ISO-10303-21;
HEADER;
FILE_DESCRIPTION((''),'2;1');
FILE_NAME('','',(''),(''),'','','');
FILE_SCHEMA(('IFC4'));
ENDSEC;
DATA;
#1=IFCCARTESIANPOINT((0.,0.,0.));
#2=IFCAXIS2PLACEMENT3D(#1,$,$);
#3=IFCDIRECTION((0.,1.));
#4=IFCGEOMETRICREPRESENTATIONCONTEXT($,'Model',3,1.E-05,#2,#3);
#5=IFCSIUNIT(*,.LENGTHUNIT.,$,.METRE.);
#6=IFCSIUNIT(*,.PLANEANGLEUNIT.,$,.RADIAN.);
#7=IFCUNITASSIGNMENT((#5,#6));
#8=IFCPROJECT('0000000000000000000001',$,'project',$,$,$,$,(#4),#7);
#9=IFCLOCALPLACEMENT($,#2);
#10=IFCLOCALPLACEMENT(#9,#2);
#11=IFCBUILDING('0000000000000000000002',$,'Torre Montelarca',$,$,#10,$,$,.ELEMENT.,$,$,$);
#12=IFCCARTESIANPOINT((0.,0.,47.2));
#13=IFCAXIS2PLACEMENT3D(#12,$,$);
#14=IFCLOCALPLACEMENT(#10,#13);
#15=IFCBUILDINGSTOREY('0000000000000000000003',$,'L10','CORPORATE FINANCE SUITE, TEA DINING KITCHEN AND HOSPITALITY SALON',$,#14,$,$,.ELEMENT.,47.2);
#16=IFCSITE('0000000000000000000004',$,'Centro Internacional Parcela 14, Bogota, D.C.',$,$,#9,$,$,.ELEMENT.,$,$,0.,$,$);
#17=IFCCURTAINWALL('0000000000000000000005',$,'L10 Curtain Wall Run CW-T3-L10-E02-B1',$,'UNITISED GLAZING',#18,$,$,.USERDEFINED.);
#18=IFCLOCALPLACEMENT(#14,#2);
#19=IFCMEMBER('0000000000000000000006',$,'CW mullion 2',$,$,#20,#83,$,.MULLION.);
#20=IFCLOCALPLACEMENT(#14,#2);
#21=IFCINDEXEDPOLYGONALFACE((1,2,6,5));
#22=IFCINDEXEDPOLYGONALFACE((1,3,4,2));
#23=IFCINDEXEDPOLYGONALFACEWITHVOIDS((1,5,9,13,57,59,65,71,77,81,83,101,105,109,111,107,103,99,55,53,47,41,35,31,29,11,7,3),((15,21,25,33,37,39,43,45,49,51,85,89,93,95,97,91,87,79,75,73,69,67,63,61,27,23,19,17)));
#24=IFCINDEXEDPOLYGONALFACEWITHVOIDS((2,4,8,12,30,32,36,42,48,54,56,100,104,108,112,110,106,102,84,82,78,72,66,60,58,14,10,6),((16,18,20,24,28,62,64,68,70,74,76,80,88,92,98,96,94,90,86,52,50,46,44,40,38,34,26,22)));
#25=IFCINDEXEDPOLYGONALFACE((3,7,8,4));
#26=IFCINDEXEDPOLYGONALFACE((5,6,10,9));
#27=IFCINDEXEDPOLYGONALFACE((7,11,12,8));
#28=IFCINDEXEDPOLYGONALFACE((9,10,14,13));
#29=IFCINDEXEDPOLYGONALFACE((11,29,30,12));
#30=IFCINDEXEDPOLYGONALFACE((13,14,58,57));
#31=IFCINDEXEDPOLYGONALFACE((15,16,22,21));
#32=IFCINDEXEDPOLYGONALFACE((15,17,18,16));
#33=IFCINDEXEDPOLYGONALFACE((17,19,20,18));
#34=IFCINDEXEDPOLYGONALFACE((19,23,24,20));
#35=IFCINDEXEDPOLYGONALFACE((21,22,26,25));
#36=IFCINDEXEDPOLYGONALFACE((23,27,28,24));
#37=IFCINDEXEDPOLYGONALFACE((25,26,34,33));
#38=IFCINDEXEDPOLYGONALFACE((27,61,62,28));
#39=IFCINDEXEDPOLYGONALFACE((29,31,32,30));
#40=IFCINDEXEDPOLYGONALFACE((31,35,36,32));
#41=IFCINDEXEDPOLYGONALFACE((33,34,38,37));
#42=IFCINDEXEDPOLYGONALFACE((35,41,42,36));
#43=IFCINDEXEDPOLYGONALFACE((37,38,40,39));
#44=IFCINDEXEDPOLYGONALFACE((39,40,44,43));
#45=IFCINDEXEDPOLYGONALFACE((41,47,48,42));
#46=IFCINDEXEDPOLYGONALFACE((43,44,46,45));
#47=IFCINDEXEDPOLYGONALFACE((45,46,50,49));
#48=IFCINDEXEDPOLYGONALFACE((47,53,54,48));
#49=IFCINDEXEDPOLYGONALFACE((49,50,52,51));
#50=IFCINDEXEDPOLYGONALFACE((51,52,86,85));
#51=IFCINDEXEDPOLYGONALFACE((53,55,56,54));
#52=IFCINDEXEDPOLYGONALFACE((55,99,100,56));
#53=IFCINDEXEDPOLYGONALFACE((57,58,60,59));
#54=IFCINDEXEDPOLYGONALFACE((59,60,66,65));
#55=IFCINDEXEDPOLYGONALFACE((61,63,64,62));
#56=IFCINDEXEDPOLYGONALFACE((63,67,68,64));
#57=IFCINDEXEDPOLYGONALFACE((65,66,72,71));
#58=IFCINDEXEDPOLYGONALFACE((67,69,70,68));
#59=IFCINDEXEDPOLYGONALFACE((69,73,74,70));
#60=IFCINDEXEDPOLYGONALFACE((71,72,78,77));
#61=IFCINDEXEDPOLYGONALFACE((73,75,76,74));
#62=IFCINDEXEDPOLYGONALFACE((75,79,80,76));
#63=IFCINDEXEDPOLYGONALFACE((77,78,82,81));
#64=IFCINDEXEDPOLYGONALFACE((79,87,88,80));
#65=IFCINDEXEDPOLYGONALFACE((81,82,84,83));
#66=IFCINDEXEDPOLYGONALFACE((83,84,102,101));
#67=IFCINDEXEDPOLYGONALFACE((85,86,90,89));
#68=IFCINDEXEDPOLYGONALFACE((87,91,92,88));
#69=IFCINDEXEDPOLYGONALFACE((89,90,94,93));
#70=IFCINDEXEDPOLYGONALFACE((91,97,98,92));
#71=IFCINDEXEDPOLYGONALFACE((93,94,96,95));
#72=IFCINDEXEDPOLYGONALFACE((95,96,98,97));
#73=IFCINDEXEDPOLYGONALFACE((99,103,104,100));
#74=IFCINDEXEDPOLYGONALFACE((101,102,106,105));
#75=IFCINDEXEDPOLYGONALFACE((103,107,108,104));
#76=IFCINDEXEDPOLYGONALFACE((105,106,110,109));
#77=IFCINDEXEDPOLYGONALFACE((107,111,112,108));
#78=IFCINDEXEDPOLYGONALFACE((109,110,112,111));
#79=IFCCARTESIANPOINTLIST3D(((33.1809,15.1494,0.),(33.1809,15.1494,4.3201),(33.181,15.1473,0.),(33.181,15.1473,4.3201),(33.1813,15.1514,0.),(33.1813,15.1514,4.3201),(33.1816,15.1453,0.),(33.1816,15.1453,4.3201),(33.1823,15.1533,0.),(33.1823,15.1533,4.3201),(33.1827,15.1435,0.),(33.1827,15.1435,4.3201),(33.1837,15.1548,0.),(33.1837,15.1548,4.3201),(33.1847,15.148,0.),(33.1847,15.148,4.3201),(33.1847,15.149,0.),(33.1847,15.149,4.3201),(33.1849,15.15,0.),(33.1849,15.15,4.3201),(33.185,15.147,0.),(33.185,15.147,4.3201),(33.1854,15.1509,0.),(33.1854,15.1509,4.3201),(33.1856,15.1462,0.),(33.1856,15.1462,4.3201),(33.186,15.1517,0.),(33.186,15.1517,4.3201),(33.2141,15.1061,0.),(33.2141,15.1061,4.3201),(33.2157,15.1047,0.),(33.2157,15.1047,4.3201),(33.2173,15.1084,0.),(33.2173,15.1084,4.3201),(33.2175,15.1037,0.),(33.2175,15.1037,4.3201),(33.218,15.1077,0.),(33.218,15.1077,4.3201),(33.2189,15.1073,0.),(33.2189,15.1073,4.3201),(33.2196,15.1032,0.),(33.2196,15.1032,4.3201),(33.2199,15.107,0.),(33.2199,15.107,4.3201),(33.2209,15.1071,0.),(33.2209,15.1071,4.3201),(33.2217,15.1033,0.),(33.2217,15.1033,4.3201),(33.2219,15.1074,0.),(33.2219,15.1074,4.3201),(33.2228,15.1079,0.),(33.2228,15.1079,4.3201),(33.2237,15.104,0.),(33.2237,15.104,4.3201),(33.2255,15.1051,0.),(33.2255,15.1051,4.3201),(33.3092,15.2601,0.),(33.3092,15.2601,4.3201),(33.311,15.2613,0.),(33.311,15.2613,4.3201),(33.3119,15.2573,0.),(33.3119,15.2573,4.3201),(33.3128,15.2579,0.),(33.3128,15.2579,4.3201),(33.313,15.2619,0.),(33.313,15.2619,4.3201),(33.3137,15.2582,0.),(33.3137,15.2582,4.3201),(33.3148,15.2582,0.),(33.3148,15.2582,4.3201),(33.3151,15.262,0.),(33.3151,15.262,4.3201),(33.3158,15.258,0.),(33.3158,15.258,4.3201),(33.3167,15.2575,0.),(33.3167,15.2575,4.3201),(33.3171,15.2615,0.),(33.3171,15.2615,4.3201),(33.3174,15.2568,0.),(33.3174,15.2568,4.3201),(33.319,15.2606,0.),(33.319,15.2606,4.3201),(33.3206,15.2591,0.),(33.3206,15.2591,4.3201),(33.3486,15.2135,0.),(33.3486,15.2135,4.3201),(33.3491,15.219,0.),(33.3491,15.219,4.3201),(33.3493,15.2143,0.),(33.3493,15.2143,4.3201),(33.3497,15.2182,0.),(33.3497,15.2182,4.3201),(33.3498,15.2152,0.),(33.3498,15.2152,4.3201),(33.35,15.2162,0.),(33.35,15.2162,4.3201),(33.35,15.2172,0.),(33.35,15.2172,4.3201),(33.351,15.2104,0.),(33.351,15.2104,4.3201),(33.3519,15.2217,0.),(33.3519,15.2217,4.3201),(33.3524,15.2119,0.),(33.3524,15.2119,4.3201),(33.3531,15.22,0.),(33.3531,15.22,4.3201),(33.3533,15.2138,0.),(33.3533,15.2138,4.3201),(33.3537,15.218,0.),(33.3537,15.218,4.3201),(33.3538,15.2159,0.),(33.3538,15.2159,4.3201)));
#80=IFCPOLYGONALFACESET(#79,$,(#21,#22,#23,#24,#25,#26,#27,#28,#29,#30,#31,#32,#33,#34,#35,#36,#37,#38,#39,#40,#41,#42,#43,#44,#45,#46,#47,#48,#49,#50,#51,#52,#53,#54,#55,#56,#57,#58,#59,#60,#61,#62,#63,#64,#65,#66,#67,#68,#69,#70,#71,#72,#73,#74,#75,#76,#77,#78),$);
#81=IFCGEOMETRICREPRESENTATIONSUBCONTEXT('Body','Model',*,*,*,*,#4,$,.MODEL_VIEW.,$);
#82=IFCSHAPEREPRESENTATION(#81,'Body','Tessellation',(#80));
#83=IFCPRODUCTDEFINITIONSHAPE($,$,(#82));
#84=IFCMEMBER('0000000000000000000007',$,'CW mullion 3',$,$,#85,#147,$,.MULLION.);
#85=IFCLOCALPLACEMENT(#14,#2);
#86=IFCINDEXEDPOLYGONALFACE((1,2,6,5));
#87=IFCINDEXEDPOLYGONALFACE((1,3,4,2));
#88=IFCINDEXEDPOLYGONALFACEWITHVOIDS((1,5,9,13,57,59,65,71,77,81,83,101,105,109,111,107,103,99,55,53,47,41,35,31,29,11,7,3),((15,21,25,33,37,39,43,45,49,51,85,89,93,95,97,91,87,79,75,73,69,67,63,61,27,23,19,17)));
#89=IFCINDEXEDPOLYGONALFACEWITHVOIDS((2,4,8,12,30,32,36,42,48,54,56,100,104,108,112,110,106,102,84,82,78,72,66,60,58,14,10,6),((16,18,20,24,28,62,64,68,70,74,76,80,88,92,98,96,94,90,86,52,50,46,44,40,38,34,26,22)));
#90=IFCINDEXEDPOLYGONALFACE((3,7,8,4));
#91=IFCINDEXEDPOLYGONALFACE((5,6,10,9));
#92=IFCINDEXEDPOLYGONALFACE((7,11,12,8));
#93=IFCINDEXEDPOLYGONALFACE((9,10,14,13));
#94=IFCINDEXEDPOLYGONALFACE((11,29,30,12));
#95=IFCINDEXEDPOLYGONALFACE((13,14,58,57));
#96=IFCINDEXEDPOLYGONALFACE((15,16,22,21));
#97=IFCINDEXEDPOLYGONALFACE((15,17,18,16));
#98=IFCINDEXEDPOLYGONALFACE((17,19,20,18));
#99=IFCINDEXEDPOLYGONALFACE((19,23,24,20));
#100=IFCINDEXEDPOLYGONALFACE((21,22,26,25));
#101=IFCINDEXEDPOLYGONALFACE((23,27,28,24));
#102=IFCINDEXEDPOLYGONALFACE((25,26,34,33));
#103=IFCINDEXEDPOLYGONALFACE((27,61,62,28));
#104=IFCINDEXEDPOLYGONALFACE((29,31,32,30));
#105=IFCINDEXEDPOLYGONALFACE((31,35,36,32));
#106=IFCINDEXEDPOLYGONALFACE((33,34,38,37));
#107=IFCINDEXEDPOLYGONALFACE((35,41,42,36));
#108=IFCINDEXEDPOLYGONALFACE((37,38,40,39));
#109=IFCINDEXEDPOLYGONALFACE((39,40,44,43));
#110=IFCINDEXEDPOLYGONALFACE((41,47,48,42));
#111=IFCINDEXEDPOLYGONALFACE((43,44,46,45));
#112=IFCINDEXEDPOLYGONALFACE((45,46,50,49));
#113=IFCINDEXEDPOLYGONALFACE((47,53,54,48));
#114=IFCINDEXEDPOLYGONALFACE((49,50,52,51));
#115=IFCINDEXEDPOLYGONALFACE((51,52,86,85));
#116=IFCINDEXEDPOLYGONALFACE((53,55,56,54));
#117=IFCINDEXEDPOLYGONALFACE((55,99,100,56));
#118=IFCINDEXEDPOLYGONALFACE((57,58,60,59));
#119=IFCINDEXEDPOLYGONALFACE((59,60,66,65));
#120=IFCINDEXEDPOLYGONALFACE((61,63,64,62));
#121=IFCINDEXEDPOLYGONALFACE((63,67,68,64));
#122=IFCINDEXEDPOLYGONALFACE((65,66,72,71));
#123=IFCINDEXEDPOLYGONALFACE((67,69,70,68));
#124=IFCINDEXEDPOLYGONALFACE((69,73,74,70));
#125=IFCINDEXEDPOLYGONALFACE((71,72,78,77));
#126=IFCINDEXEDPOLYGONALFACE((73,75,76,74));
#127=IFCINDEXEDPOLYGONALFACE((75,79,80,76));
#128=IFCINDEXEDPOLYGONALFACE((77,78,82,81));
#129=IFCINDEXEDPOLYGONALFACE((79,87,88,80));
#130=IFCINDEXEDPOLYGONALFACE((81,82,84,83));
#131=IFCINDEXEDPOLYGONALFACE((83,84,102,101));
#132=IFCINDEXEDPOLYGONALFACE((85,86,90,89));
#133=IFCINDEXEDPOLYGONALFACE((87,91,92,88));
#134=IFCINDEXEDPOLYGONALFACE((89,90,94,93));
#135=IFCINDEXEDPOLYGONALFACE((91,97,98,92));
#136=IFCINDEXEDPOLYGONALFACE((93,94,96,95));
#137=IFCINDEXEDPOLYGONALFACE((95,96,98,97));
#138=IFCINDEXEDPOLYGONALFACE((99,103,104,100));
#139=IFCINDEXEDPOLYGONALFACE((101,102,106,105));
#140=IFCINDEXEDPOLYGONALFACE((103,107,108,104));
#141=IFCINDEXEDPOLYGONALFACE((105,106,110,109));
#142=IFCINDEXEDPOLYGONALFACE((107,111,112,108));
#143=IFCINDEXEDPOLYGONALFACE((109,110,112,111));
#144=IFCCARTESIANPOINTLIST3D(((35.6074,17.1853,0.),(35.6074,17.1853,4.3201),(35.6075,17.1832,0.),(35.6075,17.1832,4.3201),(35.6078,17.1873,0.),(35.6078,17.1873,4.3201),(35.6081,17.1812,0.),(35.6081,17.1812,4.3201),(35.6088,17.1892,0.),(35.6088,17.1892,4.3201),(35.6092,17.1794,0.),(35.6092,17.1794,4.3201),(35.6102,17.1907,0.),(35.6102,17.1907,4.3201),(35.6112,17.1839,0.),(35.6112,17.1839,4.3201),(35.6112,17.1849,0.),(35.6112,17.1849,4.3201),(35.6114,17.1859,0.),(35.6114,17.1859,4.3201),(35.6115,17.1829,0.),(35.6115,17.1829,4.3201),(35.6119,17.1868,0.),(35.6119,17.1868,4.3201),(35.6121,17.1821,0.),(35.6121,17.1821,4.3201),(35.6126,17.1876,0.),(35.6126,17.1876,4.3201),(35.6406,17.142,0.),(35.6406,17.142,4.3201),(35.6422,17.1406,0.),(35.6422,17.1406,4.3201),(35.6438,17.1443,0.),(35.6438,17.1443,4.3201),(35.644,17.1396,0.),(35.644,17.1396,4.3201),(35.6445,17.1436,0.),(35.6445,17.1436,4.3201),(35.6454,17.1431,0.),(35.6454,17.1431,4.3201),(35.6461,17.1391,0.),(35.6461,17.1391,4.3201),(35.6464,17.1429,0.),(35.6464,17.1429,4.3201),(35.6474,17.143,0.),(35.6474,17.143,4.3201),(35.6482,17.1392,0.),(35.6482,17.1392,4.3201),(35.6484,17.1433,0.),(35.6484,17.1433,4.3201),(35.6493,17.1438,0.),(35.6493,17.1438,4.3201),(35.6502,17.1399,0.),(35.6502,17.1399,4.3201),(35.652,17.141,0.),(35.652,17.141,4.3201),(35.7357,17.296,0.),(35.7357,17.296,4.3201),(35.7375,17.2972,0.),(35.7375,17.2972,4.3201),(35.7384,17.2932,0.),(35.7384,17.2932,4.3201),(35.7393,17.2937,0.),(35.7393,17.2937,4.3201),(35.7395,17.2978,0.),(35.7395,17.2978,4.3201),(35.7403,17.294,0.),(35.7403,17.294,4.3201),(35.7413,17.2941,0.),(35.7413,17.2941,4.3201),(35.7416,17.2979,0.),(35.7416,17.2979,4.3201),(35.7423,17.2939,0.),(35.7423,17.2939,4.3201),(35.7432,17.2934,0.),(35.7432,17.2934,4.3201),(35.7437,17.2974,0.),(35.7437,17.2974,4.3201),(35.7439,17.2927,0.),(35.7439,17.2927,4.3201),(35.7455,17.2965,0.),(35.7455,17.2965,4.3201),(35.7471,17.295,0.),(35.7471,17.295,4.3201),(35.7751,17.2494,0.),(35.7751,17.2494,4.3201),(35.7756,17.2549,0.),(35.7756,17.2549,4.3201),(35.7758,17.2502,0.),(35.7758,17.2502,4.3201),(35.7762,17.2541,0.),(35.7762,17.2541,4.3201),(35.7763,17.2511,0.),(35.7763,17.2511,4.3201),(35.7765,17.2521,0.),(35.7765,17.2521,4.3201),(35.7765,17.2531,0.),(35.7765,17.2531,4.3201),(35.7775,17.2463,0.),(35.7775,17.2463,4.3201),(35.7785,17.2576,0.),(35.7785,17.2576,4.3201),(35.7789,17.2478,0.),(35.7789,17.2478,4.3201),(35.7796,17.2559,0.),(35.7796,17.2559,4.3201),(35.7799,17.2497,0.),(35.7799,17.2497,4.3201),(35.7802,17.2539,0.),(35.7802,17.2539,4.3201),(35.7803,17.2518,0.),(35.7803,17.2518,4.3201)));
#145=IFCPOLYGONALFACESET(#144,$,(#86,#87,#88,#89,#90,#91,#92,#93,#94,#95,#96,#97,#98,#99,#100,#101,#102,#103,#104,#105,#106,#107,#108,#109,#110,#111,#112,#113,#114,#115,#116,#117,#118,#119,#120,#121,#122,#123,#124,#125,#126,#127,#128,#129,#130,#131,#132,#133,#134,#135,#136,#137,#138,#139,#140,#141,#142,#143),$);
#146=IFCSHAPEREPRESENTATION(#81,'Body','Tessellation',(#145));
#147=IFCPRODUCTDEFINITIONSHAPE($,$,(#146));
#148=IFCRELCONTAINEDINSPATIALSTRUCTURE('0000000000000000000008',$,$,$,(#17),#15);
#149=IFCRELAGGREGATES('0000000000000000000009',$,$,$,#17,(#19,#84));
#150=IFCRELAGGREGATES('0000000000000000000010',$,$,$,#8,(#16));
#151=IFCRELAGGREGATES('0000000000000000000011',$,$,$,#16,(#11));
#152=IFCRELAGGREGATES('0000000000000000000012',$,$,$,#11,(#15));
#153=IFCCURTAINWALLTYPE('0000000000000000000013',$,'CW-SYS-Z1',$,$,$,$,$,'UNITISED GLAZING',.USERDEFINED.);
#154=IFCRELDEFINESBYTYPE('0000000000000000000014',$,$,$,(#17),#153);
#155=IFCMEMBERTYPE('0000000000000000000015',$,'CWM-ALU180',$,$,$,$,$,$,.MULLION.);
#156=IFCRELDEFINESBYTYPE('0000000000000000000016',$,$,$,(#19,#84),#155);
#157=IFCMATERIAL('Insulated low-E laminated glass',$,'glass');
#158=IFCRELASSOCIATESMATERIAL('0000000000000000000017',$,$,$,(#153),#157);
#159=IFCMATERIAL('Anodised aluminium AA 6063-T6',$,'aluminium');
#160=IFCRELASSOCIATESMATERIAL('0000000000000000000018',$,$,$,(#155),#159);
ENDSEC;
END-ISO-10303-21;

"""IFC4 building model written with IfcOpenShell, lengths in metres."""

from ifc_helpers import new_model, si_unit, direction, frame, origin, origin_2d, place, context, subcontext, project, spatial, hollow_rectangle, extrude, source, transform, mapped, material, material_profile, profile_set, type_object, element, aggregate, save


model = new_model("IFC4")

# Units and contexts
model_context = context("Model", 3, precision=1e-05, world=origin(), true_north=direction((0.0, 1.0)))
body_context = subcontext(model_context, "Body", "Model", "MODEL_VIEW")
ifc_project = project(units=[si_unit("LENGTHUNIT", "METRE"), si_unit("PLANEANGLEUNIT", "RADIAN")], contexts=[model_context])

# Site, building, storey
site_placement = place(None, origin())
site = spatial("IfcSite", under=ifc_project, at=site_placement, Name="Centro Internacional Parcela 14, Bogota, D.C.", CompositionType="ELEMENT", RefElevation=0.0)
building_placement = place(site_placement, origin())
building = spatial("IfcBuilding", under=site, at=building_placement, Name="Torre Montelarca", CompositionType="ELEMENT")
storey_placement = place(building_placement, frame((0.0, 0.0, 47.2)))
storey = spatial("IfcBuildingStorey", under=building, at=storey_placement, Name="L10", Description="CORPORATE FINANCE SUITE, TEA DINING KITCHEN AND HOSPITALITY SALON", CompositionType="ELEMENT", Elevation=47.2)

# Shared definitions
ifc_material_1 = material(Name="Insulated low-E laminated glass", Category="glass")
curtain_wall_type = type_object("IfcCurtainWallType", Name="CW-SYS-Z1", ElementType="UNITISED GLAZING", PredefinedType="USERDEFINED", material=ifc_material_1)
ifc_material_2 = material(Name="Anodised aluminium AA 6063-T6", Category="aluminium")
ifc_material_profile_1 = material_profile(ifc_material_2, hollow_rectangle(XDim=0.0649, YDim=0.1799, WallThickness=0.0039, InnerFilletRadius=0.0039, OuterFilletRadius=0.0081, at=origin_2d()), Name="ALU65X180X4", Category="aluminium")
ifc_profile_set_1 = profile_set([ifc_material_profile_1], Name="Anodised aluminium AA 6063-T6")
member_type_1 = type_object("IfcMemberType", Name="CWM-ALU180", PredefinedType="MULLION", material=ifc_profile_set_1)
shared_shape_1 = source(origin(), body_context, "Body", "SweptSolid", [
    extrude(hollow_rectangle(XDim=0.0649, YDim=0.1799, WallThickness=0.0039, InnerFilletRadius=0.0039, OuterFilletRadius=0.0081, at=origin_2d()), origin(), (0.0, 0.0, 1.0), 4.3201),
])

# Curtain wall, members
curtain_wall_1_placement = place(storey_placement, origin())
curtain_wall_1 = element("IfcCurtainWall", 1, at=curtain_wall_1_placement, inside=storey, type_object=curtain_wall_type, Name="L10 Curtain Wall Run CW-T3-L10-E02-B1", ObjectType="UNITISED GLAZING", PredefinedType="USERDEFINED")
member_1_placement = place(storey_placement, frame((33.2673, 15.1826, 0.0), z_axis=(0.0, 0.0, 1.0), x_axis=(-0.642778, 0.766053, 0.0)))
member_1 = element("IfcMember", 2, at=member_1_placement, type_object=member_type_1, Name="CW mullion 2", PredefinedType="MULLION", context=body_context, shape_type="MappedRepresentation", body=[
    mapped(shared_shape_1, transform((0.0, 0.0, 0.0), scale=1.0)),
])
member_2_placement = place(storey_placement, frame((35.6938, 17.2185, 0.0), z_axis=(0.0, 0.0, 1.0), x_axis=(-0.642778, 0.766053, 0.0)))
member_2 = element("IfcMember", 3, at=member_2_placement, type_object=member_type_1, Name="CW mullion 3", PredefinedType="MULLION", context=body_context, shape_type="MappedRepresentation", body=[
    mapped(shared_shape_1, transform((0.0, 0.0, 0.0), scale=1.0)),
])

aggregate(curtain_wall_1, [member_1, member_2])

save(model, "model.ifc")
